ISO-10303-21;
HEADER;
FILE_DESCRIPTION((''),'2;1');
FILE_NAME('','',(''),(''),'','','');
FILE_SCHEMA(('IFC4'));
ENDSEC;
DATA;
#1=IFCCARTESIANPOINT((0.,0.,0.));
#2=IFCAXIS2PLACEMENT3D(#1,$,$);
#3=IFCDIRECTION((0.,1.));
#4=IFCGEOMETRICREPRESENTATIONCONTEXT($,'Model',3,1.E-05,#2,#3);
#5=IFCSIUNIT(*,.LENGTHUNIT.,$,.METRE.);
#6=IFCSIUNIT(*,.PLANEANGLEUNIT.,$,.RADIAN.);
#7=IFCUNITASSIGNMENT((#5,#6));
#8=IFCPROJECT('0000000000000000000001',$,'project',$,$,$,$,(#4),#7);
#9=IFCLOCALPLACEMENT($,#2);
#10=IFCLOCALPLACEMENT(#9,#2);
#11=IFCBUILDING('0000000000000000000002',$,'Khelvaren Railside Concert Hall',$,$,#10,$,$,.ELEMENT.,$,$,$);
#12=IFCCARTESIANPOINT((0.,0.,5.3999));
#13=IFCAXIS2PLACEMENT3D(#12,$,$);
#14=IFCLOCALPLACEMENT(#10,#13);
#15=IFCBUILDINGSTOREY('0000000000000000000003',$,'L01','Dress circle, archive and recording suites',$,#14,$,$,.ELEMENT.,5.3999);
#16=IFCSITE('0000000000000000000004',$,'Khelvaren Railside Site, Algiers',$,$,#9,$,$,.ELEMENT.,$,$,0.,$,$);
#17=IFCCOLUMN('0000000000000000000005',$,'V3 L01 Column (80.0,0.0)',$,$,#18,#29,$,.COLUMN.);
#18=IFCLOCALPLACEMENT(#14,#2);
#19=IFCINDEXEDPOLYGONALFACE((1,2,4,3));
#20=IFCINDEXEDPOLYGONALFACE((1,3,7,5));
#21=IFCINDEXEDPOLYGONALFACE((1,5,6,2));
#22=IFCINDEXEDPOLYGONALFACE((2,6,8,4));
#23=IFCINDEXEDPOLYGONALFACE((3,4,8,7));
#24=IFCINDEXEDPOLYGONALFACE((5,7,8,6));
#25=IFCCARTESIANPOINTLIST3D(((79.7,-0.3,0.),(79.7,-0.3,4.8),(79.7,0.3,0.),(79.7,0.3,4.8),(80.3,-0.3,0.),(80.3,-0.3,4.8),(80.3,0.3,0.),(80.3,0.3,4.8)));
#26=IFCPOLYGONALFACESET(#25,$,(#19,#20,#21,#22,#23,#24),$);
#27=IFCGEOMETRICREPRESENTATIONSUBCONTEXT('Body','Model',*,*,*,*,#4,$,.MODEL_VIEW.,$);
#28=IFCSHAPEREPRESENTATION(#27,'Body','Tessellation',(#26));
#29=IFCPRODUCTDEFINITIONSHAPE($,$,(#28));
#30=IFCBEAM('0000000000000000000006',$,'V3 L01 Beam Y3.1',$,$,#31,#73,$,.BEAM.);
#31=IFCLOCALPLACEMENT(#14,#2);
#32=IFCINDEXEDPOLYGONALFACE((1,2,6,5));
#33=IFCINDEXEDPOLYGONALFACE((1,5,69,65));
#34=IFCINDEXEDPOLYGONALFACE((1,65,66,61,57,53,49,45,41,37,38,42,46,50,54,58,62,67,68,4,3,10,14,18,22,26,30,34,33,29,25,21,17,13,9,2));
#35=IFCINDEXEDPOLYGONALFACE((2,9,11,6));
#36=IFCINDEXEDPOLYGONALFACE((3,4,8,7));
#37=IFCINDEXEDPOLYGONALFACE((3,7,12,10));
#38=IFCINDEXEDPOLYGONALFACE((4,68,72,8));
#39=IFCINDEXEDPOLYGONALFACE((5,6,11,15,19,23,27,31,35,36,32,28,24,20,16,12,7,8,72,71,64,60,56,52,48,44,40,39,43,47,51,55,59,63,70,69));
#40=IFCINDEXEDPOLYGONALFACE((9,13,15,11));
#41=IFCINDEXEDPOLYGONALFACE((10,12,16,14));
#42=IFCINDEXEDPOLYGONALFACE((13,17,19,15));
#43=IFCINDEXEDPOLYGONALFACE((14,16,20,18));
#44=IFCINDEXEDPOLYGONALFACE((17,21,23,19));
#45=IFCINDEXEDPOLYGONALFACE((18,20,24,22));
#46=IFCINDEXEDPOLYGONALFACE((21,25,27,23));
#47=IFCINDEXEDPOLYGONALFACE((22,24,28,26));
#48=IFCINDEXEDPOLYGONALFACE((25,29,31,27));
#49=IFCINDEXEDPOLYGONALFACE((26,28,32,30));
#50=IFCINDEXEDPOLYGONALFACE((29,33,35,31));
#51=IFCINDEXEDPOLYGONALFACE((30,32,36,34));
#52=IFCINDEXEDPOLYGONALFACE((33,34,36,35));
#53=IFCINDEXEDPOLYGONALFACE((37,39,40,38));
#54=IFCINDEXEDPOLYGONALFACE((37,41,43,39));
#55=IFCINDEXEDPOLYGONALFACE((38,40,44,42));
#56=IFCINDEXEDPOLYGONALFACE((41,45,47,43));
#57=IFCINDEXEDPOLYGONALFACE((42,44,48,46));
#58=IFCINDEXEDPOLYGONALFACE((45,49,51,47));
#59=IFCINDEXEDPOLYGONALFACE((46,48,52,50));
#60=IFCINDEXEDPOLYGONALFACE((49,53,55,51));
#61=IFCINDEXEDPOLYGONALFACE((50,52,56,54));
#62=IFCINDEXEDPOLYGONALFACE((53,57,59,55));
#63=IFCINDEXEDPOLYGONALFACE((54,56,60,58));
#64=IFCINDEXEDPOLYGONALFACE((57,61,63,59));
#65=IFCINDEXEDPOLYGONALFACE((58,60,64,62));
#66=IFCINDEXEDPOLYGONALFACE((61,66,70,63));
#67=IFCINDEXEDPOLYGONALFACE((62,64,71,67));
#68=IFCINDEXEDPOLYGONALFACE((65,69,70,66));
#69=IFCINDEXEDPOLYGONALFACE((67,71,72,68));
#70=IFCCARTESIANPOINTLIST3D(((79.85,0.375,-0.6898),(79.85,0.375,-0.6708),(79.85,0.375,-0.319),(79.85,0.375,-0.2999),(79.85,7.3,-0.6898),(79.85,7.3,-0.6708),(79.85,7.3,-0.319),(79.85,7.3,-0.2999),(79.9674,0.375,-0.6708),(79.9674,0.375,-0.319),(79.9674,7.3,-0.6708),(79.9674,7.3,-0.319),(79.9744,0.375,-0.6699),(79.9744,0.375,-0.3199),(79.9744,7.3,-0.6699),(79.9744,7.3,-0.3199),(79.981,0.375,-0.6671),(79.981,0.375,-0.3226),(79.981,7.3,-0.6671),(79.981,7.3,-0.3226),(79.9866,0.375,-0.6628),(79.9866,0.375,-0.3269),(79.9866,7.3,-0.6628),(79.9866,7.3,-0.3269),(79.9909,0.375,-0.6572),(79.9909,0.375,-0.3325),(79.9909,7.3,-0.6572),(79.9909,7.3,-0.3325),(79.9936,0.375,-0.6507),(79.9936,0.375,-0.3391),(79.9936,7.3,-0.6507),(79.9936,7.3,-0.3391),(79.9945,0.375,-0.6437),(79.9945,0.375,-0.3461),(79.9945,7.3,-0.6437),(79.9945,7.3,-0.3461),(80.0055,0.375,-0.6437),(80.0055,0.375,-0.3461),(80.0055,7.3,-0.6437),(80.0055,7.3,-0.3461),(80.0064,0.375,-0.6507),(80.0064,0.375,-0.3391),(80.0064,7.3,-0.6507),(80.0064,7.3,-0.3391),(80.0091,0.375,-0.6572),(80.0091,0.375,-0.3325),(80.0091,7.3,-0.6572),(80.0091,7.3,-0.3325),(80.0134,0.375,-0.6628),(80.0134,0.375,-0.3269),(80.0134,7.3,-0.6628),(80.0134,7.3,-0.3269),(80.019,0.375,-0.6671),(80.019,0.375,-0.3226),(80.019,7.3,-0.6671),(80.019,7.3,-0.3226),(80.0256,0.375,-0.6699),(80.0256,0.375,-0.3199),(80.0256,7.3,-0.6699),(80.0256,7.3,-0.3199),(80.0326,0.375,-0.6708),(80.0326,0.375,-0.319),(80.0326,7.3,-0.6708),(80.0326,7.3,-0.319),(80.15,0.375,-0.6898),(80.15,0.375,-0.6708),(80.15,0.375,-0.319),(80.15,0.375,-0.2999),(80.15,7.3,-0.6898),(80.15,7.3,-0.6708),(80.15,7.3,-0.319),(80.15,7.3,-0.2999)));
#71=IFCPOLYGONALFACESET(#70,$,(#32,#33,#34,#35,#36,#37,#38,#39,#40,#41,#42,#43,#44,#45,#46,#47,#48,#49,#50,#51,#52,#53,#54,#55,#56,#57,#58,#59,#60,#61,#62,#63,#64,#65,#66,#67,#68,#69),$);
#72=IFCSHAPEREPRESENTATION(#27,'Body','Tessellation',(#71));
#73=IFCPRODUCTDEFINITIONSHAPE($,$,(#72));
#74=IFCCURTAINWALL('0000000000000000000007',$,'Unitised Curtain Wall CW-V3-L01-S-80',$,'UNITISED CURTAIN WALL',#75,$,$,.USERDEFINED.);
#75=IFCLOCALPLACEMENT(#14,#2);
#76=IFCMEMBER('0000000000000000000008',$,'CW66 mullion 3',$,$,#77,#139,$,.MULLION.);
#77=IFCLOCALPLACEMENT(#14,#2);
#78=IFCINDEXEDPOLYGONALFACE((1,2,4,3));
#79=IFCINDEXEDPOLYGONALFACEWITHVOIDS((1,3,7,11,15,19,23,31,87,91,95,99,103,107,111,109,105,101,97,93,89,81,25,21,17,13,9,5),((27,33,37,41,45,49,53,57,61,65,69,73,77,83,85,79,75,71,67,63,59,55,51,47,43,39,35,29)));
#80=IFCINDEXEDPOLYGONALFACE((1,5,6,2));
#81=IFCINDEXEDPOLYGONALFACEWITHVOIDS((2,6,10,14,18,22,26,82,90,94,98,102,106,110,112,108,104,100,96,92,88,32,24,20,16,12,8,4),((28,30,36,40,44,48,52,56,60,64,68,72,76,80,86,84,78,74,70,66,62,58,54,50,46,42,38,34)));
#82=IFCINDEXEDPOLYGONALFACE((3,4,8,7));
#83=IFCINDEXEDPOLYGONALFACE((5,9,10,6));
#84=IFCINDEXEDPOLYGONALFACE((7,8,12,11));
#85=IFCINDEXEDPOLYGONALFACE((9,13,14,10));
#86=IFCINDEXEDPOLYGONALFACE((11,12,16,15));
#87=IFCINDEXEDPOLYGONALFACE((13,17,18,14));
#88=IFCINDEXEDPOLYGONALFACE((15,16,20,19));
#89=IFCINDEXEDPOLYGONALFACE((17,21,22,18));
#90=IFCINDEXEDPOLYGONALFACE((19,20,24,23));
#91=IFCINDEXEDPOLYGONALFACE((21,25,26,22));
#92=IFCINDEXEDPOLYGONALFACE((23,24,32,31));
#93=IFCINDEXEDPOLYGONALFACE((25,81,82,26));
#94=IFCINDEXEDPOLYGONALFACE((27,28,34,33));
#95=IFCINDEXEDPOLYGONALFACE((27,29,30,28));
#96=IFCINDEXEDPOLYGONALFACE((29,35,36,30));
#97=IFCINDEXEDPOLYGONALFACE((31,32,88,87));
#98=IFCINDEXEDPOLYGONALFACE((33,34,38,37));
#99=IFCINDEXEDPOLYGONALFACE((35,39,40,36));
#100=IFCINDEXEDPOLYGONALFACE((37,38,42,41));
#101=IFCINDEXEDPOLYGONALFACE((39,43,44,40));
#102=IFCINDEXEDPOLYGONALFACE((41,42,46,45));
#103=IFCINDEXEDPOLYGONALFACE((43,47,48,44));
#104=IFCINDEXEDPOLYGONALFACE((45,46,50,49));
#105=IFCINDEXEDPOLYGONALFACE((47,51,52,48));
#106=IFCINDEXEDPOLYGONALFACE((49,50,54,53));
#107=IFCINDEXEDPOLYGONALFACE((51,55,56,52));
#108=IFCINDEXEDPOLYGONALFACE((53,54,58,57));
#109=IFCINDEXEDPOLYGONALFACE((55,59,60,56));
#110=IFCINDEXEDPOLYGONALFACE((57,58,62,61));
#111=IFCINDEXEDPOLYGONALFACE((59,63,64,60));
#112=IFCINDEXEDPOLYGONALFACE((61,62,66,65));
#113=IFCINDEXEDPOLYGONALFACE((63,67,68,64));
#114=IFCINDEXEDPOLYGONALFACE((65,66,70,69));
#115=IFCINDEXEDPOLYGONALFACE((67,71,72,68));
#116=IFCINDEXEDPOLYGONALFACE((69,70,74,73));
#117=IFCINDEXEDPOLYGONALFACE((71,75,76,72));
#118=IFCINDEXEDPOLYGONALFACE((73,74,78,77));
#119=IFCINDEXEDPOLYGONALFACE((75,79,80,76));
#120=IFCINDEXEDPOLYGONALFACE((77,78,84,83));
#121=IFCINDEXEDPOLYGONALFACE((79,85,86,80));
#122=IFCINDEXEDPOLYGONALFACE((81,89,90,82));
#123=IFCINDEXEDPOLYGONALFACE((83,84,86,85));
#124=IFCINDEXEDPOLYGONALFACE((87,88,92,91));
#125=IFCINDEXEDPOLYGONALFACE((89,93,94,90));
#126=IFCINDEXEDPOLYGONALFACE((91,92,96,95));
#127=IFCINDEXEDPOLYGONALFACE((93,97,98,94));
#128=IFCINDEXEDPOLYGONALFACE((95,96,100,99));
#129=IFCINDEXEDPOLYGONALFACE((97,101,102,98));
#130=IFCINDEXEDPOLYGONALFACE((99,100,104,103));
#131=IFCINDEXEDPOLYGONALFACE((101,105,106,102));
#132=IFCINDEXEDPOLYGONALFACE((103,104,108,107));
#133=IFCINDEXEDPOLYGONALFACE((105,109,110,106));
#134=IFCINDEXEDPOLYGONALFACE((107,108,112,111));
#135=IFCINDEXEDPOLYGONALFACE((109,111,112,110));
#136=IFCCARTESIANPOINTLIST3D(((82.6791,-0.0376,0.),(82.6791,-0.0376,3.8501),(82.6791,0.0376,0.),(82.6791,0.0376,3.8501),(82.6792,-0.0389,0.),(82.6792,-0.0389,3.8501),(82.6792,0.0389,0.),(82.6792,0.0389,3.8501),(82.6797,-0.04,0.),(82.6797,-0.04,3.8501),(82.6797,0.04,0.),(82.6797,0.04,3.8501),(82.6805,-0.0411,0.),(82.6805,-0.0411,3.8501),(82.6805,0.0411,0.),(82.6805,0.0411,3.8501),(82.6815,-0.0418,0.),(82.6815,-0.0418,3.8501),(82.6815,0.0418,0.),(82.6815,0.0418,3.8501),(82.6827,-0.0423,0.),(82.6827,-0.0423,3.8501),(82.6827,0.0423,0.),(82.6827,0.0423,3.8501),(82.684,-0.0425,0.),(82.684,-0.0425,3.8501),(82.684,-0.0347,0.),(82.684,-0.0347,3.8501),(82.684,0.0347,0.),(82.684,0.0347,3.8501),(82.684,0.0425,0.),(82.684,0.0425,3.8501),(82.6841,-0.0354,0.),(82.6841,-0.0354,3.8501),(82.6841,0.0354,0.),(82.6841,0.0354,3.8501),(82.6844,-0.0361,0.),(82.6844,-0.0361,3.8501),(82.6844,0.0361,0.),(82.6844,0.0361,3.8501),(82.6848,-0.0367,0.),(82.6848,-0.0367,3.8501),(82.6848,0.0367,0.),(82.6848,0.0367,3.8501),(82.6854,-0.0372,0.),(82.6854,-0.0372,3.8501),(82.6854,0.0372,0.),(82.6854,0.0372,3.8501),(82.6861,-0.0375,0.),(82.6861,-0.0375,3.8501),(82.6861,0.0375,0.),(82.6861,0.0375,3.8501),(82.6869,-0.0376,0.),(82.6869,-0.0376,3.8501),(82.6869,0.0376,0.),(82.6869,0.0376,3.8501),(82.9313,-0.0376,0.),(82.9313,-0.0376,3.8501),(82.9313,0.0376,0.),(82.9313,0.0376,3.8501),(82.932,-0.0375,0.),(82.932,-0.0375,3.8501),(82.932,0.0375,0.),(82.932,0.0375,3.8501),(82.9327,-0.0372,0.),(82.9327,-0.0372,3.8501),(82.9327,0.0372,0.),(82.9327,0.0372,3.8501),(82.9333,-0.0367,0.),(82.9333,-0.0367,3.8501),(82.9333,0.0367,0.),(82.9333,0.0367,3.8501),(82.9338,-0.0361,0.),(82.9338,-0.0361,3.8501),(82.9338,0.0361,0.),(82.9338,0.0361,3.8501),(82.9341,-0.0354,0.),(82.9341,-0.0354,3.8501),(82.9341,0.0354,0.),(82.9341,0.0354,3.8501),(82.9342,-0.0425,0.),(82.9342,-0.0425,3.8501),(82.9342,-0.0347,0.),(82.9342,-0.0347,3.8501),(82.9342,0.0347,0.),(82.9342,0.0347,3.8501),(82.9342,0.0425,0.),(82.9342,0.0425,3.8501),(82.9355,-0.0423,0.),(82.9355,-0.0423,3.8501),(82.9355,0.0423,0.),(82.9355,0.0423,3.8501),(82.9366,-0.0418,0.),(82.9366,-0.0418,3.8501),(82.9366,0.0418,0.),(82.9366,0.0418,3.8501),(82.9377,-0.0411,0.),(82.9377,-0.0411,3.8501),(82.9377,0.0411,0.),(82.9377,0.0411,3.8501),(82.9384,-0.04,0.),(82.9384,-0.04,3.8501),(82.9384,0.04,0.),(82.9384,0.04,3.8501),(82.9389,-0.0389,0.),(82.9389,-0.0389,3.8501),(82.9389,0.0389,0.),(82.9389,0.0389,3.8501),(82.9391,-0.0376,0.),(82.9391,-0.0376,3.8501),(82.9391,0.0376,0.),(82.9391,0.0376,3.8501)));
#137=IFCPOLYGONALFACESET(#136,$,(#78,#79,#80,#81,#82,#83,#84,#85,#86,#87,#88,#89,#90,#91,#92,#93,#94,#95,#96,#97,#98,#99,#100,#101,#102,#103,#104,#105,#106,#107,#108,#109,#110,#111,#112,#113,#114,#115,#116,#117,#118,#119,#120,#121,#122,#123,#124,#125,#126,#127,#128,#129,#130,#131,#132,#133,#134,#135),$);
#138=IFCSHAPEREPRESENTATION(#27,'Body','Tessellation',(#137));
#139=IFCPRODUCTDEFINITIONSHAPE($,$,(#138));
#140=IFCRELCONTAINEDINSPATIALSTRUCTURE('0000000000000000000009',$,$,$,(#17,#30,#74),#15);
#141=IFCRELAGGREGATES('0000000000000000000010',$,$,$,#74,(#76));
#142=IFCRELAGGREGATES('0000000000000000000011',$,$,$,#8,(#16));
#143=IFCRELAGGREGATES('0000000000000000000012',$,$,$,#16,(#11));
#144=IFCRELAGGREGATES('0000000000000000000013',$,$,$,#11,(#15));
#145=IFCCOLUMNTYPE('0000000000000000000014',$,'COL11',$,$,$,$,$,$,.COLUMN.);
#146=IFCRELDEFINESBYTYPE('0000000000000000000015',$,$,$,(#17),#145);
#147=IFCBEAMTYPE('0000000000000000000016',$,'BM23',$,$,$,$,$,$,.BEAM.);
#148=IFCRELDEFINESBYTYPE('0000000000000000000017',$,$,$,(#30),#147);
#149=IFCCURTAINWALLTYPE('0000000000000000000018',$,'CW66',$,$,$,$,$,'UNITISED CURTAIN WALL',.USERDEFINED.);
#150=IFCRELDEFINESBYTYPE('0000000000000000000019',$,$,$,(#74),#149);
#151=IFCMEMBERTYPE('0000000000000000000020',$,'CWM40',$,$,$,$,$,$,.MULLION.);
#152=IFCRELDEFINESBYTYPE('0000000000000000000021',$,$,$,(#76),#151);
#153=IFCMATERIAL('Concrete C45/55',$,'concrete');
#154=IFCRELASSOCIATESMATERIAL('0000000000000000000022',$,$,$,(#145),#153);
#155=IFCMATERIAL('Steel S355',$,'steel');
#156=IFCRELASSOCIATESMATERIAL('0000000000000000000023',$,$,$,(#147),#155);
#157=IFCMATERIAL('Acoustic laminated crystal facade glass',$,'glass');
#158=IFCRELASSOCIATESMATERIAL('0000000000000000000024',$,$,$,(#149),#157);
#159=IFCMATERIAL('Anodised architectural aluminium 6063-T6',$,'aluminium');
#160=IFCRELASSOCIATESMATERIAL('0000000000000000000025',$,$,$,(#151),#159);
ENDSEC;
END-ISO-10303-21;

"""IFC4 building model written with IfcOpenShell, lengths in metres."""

from ifc_helpers import new_model, si_unit, direction, frame, origin, origin_2d, place, context, subcontext, project, spatial, rectangle, hollow_rectangle, i_section, extrude, material, material_profile, profile_set, type_object, element, aggregate, save


model = new_model("IFC4")

# Units and contexts
model_context = context("Model", 3, precision=1e-05, world=origin(), true_north=direction((0.0, 1.0)))
body_context = subcontext(model_context, "Body", "Model", "MODEL_VIEW")
ifc_project = project(units=[si_unit("LENGTHUNIT", "METRE"), si_unit("PLANEANGLEUNIT", "RADIAN")], contexts=[model_context])

# Site, building, storey
site_placement = place(None, origin())
site = spatial("IfcSite", under=ifc_project, at=site_placement, Name="Khelvaren Railside Site, Algiers", CompositionType="ELEMENT", RefElevation=0.0)
building_placement = place(site_placement, origin())
building = spatial("IfcBuilding", under=site, at=building_placement, Name="Khelvaren Railside Concert Hall", CompositionType="ELEMENT")
storey_placement = place(building_placement, frame((0.0, 0.0, 5.3999)))
storey = spatial("IfcBuildingStorey", under=building, at=storey_placement, Name="L01", Description="Dress circle, archive and recording suites", CompositionType="ELEMENT", Elevation=5.3999)

# Column
ifc_material_1 = material(Name="Concrete C45/55", Category="concrete")
ifc_material_profile_1 = material_profile(ifc_material_1, rectangle(XDim=0.6001, YDim=0.6001, at=origin_2d()), Name="RC 600x600")
ifc_profile_set_1 = profile_set([ifc_material_profile_1], Name="Concrete C45/55")
column_type = type_object("IfcColumnType", Name="COL11", PredefinedType="COLUMN", material=ifc_profile_set_1)
column_placement = place(storey_placement, frame((80.0, 0.0, 0.0), z_axis=(0.0, 0.0, 1.0), x_axis=(1.0, 0.0, 0.0)))
element("IfcColumn", 1, at=column_placement, inside=storey, type_object=column_type, Name="V3 L01 Column (80.0,0.0)", PredefinedType="COLUMN", context=body_context, shape_type="SweptSolid", body=[
    extrude(rectangle(XDim=0.6001, YDim=0.6001, at=origin_2d()), origin(), (0.0, 0.0, 1.0), 4.8),
])

# Beam
ifc_material_2 = material(Name="Steel S355", Category="steel")
ifc_material_profile_2 = material_profile(ifc_material_2, i_section(OverallWidth=0.3, OverallDepth=0.3899, WebThickness=0.011, FlangeThickness=0.019, FilletRadius=0.0271, at=origin_2d()), Name="HEA 400")
ifc_profile_set_2 = profile_set([ifc_material_profile_2], Name="Steel S355")
beam_type_1 = type_object("IfcBeamType", Name="BM23", PredefinedType="BEAM", material=ifc_profile_set_2)
beam_1_placement = place(storey_placement, frame((80.0, 0.375, -0.4949), z_axis=(0.0, 1.0, 0.0), x_axis=(-1.0, 0.0, 0.0)))
element("IfcBeam", 2, at=beam_1_placement, inside=storey, type_object=beam_type_1, Name="V3 L01 Beam Y3.1", PredefinedType="BEAM", context=body_context, shape_type="SweptSolid", body=[
    extrude(i_section(OverallWidth=0.3, OverallDepth=0.3899, WebThickness=0.011, FlangeThickness=0.019, FilletRadius=0.0271, at=origin_2d()), origin(), (0.0, 0.0, 1.0), 6.925),
])

# Curtain wall, member
ifc_material_3 = material(Name="Acoustic laminated crystal facade glass", Category="glass")
curtain_wall_type = type_object("IfcCurtainWallType", Name="CW66", ElementType="UNITISED CURTAIN WALL", PredefinedType="USERDEFINED", material=ifc_material_3)
curtain_wall_placement = place(storey_placement, origin())
curtain_wall = element("IfcCurtainWall", 3, at=curtain_wall_placement, inside=storey, type_object=curtain_wall_type, Name="Unitised Curtain Wall CW-V3-L01-S-80", ObjectType="UNITISED CURTAIN WALL", PredefinedType="USERDEFINED")
ifc_material_4 = material(Name="Anodised architectural aluminium 6063-T6", Category="aluminium")
ifc_material_profile_3 = material_profile(ifc_material_4, hollow_rectangle(XDim=0.085, YDim=0.26, WallThickness=0.0049, InnerFilletRadius=0.0029, OuterFilletRadius=0.0049, at=origin_2d()), Name="CWM 85x260x5")
ifc_profile_set_3 = profile_set([ifc_material_profile_3], Name="Anodised architectural aluminium 6063-T6")
member_type_1 = type_object("IfcMemberType", Name="CWM40", PredefinedType="MULLION", material=ifc_profile_set_3)
member_1_placement = place(storey_placement, frame((82.8091, 0.0, 0.0), z_axis=(0.0, 0.0, 1.0), x_axis=(0.0, -1.0, 0.0)))
member_1 = element("IfcMember", 4, at=member_1_placement, type_object=member_type_1, Name="CW66 mullion 3", PredefinedType="MULLION", context=body_context, shape_type="SweptSolid", body=[
    extrude(hollow_rectangle(XDim=0.085, YDim=0.26, WallThickness=0.0049, InnerFilletRadius=0.0029, OuterFilletRadius=0.0049, at=origin_2d()), origin(), (0.0, 0.0, 1.0), 3.8501),
])

aggregate(curtain_wall, [member_1])

save(model, "model.ifc")
